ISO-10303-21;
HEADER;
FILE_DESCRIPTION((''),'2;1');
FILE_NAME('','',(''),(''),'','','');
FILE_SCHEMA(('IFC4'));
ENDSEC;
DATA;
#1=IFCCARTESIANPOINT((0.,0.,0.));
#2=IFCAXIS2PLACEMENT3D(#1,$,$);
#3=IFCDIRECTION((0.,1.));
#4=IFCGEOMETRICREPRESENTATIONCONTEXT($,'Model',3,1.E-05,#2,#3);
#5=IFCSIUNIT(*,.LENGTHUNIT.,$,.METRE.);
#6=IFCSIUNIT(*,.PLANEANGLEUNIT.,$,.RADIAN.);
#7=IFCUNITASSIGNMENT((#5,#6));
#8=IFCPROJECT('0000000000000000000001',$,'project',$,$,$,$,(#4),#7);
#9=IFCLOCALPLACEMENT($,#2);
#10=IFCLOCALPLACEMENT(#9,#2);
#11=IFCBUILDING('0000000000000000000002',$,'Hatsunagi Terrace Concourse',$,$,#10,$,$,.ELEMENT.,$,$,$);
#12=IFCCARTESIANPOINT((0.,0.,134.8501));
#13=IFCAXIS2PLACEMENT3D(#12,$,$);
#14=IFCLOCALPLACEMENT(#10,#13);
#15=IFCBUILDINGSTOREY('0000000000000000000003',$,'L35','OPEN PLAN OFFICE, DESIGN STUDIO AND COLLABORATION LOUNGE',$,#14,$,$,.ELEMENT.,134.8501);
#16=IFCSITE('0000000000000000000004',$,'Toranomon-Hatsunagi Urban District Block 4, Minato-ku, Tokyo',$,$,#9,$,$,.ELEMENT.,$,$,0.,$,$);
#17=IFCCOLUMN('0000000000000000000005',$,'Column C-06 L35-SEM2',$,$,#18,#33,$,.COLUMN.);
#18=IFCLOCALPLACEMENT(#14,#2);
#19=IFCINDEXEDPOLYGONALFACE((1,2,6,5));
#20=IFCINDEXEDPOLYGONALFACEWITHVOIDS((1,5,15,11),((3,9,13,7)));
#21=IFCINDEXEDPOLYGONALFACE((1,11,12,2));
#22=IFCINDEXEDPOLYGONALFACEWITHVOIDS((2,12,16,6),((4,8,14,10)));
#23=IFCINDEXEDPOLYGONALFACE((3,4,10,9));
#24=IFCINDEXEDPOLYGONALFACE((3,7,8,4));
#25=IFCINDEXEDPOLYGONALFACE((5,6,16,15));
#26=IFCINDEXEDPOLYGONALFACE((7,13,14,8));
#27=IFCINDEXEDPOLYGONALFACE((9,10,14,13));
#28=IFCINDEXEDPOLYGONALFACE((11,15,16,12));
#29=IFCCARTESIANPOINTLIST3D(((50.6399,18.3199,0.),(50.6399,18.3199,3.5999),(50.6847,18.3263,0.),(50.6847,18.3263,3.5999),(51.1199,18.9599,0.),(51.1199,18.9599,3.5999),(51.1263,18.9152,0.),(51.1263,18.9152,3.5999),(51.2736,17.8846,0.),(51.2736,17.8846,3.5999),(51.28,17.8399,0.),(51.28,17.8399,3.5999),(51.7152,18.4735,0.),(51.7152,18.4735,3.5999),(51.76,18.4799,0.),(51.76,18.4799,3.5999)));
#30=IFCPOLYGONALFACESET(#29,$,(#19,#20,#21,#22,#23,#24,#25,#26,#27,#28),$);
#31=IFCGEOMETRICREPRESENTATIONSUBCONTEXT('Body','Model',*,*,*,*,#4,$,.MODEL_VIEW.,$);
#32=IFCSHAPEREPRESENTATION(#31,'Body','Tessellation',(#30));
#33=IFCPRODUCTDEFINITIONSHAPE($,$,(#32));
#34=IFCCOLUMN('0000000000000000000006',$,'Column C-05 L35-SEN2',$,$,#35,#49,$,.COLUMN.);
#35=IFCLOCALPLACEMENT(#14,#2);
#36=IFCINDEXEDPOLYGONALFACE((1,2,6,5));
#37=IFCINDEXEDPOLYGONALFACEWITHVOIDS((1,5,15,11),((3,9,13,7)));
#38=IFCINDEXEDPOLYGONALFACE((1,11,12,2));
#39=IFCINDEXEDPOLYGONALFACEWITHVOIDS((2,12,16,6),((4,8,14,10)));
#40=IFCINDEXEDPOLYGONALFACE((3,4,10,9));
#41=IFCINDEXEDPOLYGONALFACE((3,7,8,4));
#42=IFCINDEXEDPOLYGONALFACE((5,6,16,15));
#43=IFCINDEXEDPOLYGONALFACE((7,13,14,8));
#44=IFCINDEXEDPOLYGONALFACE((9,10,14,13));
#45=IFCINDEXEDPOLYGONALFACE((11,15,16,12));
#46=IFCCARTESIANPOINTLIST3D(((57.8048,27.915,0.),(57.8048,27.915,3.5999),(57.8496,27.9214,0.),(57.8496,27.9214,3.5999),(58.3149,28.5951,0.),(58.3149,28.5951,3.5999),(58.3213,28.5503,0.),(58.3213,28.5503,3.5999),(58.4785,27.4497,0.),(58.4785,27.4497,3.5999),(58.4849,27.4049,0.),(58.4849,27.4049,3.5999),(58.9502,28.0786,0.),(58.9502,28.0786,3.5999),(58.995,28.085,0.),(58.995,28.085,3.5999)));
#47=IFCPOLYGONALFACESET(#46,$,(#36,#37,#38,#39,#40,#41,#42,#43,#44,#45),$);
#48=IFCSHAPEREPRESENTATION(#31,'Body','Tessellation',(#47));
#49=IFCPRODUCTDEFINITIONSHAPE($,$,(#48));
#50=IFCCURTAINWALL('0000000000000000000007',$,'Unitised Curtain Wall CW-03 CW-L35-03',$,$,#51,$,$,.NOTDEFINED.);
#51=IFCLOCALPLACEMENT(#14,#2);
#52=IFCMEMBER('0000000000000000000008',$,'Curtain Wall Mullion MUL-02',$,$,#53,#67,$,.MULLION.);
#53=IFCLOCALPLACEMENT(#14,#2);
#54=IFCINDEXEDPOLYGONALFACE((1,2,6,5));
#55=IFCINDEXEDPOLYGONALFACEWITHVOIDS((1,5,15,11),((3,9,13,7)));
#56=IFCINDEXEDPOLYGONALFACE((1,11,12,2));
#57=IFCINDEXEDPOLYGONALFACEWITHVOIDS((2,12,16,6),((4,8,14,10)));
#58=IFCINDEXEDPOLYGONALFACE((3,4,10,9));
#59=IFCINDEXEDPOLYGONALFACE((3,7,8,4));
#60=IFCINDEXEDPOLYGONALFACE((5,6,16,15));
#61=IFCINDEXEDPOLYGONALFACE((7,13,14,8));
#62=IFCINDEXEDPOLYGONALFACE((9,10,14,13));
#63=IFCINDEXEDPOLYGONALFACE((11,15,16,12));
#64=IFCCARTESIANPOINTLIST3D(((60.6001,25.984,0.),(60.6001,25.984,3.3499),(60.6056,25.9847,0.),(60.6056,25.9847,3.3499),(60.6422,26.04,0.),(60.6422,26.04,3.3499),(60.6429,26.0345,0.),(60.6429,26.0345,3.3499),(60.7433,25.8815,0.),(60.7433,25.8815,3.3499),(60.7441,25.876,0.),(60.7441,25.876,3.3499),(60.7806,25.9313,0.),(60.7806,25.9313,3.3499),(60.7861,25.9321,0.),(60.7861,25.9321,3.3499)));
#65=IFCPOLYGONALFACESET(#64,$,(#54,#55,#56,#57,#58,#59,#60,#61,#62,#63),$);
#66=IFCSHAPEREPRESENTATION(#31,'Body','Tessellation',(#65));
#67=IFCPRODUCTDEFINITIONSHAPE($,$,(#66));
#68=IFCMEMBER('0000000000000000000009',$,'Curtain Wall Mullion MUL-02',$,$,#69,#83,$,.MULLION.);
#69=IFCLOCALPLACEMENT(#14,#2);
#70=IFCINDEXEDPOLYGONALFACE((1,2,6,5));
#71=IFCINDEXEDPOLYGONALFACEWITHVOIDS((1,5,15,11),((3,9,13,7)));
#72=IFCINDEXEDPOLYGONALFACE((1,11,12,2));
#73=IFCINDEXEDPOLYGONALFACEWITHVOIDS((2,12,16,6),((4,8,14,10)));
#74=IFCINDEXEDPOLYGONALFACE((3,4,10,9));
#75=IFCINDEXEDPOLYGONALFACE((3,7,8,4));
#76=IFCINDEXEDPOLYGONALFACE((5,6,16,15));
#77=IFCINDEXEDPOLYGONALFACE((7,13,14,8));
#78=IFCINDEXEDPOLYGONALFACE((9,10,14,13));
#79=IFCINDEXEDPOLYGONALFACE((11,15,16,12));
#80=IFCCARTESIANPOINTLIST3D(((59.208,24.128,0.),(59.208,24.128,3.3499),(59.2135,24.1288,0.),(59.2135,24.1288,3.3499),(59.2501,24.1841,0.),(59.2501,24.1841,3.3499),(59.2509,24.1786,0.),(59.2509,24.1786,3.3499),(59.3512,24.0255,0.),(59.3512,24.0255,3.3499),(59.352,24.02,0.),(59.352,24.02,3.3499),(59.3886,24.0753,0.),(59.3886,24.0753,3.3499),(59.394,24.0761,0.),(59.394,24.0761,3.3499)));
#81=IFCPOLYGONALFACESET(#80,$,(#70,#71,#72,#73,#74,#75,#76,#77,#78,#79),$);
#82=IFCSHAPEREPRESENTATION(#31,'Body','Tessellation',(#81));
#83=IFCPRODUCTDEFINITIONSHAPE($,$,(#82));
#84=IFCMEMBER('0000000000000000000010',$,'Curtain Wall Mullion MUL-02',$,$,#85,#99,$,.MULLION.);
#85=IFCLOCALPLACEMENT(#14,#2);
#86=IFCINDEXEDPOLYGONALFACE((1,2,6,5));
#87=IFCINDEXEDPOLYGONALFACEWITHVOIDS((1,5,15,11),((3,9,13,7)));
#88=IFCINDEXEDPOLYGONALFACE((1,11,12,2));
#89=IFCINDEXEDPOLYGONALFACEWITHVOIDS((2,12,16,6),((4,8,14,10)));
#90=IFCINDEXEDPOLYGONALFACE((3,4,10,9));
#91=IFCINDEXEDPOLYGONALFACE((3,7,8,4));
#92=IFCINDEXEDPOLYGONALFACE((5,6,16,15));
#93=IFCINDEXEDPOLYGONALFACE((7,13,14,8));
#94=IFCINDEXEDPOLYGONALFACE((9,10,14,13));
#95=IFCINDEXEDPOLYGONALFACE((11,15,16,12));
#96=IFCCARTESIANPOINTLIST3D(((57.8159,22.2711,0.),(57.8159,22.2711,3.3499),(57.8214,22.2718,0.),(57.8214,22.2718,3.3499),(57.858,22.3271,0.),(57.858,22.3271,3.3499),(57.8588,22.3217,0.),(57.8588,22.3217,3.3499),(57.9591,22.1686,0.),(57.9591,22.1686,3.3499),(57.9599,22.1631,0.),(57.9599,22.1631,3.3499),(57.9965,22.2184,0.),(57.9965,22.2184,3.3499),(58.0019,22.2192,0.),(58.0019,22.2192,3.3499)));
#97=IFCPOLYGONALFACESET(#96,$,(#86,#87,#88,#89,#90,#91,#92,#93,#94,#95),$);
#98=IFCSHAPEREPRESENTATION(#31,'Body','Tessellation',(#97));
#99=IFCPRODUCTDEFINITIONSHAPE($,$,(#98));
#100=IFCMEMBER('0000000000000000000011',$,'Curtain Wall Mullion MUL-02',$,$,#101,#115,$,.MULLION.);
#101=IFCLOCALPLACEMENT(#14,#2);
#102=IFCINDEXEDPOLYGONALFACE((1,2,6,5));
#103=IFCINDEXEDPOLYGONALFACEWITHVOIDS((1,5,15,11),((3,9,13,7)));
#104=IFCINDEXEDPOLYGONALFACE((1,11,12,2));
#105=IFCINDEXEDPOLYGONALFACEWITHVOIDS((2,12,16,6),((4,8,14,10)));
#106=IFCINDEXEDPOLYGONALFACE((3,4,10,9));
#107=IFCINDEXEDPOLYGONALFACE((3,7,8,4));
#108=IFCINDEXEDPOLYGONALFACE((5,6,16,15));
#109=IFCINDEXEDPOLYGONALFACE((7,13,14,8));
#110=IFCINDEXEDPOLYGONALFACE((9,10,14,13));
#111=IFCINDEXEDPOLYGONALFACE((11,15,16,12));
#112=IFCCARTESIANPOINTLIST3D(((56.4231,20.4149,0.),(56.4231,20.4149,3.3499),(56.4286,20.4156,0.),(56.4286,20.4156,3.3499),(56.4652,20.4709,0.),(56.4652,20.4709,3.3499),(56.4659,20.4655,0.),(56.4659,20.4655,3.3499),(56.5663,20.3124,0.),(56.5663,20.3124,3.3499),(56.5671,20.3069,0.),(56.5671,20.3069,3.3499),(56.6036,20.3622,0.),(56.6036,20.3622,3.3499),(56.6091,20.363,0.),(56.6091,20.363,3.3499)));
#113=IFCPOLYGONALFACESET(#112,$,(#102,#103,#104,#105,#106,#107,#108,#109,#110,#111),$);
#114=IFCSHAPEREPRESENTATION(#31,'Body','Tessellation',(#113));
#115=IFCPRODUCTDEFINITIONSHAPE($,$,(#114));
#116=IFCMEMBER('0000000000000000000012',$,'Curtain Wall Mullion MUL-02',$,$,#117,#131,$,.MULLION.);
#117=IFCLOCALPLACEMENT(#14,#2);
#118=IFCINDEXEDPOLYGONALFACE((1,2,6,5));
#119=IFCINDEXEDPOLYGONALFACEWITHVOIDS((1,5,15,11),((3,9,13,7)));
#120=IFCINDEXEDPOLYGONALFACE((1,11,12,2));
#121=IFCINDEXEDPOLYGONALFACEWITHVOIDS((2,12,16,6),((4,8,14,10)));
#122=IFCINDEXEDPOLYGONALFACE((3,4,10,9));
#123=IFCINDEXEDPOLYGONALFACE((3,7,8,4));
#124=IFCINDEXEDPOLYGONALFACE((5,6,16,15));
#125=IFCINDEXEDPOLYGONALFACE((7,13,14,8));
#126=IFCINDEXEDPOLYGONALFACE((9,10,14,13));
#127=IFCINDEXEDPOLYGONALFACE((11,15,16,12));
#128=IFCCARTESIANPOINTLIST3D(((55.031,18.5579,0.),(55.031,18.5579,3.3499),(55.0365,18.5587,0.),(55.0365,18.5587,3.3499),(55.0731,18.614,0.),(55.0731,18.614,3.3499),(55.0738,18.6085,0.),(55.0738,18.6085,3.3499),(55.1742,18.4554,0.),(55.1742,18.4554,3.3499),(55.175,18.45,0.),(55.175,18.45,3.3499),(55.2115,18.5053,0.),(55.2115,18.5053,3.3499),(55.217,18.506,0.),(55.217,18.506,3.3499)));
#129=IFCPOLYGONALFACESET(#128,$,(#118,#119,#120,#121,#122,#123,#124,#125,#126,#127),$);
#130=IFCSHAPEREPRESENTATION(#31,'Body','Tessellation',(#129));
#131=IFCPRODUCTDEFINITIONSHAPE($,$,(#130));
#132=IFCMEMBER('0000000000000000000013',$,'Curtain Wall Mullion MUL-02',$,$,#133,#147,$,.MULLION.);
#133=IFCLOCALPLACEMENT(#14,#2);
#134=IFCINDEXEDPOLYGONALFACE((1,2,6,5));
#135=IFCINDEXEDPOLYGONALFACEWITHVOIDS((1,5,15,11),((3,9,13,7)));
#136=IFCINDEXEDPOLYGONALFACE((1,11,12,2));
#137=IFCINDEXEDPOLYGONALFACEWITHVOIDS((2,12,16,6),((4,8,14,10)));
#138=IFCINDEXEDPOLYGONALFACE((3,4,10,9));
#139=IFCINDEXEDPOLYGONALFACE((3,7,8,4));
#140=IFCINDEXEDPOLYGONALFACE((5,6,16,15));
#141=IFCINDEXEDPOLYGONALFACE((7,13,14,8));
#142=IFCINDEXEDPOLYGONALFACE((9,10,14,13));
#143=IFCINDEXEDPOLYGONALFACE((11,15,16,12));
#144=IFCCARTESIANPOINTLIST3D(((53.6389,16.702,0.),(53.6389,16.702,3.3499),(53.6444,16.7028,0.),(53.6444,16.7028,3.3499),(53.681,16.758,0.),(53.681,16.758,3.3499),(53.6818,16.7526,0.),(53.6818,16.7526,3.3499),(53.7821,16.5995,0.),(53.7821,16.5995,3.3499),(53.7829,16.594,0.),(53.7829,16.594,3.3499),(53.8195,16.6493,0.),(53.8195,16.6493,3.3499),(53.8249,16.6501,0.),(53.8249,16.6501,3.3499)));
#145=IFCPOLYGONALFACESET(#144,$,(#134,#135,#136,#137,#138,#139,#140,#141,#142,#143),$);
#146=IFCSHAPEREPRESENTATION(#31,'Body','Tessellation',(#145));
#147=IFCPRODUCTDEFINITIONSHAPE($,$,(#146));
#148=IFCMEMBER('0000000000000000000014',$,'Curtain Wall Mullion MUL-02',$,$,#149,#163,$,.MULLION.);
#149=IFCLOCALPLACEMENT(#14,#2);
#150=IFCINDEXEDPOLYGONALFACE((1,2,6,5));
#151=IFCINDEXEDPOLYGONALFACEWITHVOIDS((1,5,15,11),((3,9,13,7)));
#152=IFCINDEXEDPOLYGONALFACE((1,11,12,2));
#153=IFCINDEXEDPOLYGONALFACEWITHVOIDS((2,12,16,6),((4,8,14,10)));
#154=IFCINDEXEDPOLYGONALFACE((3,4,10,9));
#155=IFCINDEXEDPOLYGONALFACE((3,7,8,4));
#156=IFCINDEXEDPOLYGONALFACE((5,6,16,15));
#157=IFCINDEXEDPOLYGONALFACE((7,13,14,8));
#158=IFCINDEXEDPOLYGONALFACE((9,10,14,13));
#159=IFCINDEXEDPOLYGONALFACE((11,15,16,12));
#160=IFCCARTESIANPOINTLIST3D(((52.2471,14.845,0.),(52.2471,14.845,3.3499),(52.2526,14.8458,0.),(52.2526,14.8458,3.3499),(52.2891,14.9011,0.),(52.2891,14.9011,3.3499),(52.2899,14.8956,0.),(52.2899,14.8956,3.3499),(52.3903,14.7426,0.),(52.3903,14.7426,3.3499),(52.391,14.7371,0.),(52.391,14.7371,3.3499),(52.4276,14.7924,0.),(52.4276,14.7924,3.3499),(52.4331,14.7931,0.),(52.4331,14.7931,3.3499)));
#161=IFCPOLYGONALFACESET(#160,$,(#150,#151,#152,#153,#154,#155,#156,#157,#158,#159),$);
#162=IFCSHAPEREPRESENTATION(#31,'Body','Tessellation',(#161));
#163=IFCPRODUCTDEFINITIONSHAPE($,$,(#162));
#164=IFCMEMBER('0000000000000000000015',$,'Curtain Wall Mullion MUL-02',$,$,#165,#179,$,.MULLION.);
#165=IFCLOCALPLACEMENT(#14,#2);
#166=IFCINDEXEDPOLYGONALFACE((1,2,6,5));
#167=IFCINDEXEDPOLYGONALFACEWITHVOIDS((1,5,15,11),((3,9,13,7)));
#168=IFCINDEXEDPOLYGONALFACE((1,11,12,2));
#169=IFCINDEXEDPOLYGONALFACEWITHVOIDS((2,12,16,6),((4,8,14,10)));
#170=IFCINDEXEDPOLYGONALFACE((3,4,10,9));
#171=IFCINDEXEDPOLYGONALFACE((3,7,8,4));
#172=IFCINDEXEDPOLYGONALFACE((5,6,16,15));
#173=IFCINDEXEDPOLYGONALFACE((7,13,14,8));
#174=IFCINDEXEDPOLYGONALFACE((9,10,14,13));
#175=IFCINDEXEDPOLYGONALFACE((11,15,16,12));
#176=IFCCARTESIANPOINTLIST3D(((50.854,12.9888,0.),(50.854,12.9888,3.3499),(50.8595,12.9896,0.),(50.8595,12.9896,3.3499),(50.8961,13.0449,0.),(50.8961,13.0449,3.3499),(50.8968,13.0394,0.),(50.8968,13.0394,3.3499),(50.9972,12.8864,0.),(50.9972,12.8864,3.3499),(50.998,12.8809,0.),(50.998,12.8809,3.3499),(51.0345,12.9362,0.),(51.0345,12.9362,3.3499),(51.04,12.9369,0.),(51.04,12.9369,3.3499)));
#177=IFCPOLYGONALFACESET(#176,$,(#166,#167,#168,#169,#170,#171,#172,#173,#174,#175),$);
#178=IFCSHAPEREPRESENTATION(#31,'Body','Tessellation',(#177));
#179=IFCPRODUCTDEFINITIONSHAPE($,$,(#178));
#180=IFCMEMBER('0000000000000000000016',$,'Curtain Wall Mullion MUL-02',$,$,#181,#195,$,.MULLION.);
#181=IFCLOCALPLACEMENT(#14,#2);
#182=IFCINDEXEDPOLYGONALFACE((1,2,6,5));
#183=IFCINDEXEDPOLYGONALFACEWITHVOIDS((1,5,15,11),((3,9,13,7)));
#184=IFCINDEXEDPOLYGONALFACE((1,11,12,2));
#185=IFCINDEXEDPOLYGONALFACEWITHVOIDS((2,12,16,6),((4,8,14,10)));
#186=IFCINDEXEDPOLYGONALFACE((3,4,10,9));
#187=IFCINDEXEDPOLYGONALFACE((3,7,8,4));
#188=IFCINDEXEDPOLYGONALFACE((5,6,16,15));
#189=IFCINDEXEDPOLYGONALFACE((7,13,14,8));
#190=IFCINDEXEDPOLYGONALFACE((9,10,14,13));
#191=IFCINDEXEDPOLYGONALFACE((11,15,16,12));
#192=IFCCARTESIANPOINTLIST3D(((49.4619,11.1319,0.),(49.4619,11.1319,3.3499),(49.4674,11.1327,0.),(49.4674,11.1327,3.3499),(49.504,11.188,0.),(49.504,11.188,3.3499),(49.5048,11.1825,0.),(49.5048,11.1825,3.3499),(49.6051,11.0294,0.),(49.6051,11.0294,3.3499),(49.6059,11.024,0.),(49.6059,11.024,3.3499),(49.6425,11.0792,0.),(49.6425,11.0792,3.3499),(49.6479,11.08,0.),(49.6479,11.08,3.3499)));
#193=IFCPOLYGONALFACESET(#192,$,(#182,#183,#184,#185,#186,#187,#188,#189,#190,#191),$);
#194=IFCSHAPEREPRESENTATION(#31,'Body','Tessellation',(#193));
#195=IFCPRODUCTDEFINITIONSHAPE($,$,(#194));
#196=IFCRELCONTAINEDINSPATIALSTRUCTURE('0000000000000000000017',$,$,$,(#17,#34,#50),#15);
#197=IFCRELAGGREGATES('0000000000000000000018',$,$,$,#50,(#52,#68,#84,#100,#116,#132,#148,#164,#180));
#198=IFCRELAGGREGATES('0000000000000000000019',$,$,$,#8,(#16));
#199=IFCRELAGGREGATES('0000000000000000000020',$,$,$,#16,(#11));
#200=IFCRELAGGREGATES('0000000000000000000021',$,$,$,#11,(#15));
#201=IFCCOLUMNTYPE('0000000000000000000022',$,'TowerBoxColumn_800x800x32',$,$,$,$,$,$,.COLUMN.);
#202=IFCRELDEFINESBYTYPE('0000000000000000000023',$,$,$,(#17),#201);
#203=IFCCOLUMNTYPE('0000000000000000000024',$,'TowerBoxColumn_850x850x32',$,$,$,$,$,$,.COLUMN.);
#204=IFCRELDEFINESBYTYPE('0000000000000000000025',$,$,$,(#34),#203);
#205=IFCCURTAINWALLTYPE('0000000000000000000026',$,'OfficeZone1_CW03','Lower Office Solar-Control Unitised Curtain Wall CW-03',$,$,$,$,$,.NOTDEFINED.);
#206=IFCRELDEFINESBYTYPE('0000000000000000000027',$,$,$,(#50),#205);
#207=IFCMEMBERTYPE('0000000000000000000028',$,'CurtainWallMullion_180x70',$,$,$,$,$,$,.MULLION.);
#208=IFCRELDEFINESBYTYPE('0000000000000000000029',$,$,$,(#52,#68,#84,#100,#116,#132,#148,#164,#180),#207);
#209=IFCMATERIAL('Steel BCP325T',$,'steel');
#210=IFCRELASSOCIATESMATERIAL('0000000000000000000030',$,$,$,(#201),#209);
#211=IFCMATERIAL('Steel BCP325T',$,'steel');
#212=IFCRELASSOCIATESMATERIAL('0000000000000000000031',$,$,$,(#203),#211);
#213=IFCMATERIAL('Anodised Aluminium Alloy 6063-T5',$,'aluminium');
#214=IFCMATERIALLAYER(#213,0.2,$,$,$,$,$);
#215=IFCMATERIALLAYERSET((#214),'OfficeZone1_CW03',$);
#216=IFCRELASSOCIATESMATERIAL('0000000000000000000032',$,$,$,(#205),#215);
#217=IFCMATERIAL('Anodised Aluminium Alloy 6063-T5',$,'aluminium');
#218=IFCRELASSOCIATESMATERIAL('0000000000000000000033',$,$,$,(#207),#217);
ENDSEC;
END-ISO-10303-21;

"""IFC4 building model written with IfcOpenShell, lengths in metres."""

from ifc_helpers import new_model, si_unit, direction, frame, origin, origin_2d, place, context, subcontext, project, spatial, hollow_rectangle, extrude, material, layer, layer_set, material_profile, profile_set, type_object, element, aggregate, save


model = new_model("IFC4")

# Units and contexts
model_context = context("Model", 3, precision=1e-05, world=origin(), true_north=direction((0.0, 1.0)))
body_context = subcontext(model_context, "Body", "Model", "MODEL_VIEW")
ifc_project = project(units=[si_unit("LENGTHUNIT", "METRE"), si_unit("PLANEANGLEUNIT", "RADIAN")], contexts=[model_context])

# Site, building, storey
site_placement = place(None, origin())
site = spatial("IfcSite", under=ifc_project, at=site_placement, Name="Toranomon-Hatsunagi Urban District Block 4, Minato-ku, Tokyo", CompositionType="ELEMENT", RefElevation=0.0)
building_placement = place(site_placement, origin())
building = spatial("IfcBuilding", under=site, at=building_placement, Name="Hatsunagi Terrace Concourse", CompositionType="ELEMENT")
storey_placement = place(building_placement, frame((0.0, 0.0, 134.8501)))
storey = spatial("IfcBuildingStorey", under=building, at=storey_placement, Name="L35", Description="OPEN PLAN OFFICE, DESIGN STUDIO AND COLLABORATION LOUNGE", CompositionType="ELEMENT", Elevation=134.8501)

# Columns
ifc_material_1 = material(Name="Steel BCP325T", Category="steel")
ifc_material_profile_1 = material_profile(ifc_material_1, hollow_rectangle(XDim=0.8, YDim=0.8, WallThickness=0.032, at=origin_2d()), Name="BCP-800x800x32")
ifc_profile_set_1 = profile_set([ifc_material_profile_1], Name="Steel BCP325T")
column_type_1 = type_object("IfcColumnType", Name="TowerBoxColumn_800x800x32", PredefinedType="COLUMN", material=ifc_profile_set_1)
column_1_placement = place(storey_placement, frame((51.2, 18.3999, 0.0), z_axis=(0.0, 0.0, 1.0), x_axis=(0.8, -0.6, 0.0)))
element("IfcColumn", 1, at=column_1_placement, inside=storey, type_object=column_type_1, Name="Column C-06 L35-SEM2", PredefinedType="COLUMN", context=body_context, shape_type="SweptSolid", body=[
    extrude(hollow_rectangle(XDim=0.8, YDim=0.8, WallThickness=0.032, at=origin_2d()), origin(), (0.0, 0.0, 1.0), 3.5999),
])
ifc_material_2 = material(Name="Steel BCP325T", Category="steel")
ifc_material_profile_2 = material_profile(ifc_material_2, hollow_rectangle(XDim=0.8501, YDim=0.8501, WallThickness=0.032, at=origin_2d()), Name="BCP-850x850x32")
ifc_profile_set_2 = profile_set([ifc_material_profile_2], Name="Steel BCP325T")
column_type_2 = type_object("IfcColumnType", Name="TowerBoxColumn_850x850x32", PredefinedType="COLUMN", material=ifc_profile_set_2)
column_2_placement = place(storey_placement, frame((58.3999, 28.0, 0.0), z_axis=(0.0, 0.0, 1.0), x_axis=(0.8, -0.6, 0.0)))
element("IfcColumn", 2, at=column_2_placement, inside=storey, type_object=column_type_2, Name="Column C-05 L35-SEN2", PredefinedType="COLUMN", context=body_context, shape_type="SweptSolid", body=[
    extrude(hollow_rectangle(XDim=0.8501, YDim=0.8501, WallThickness=0.032, at=origin_2d()), origin(), (0.0, 0.0, 1.0), 3.5999),
])

# Curtain wall, members
ifc_material_3 = material(Name="Anodised Aluminium Alloy 6063-T5", Category="aluminium")
ifc_layer_1 = layer(ifc_material_3, 0.2)
ifc_layer_set_1 = layer_set([ifc_layer_1], Name="OfficeZone1_CW03")
curtain_wall_type = type_object("IfcCurtainWallType", Name="OfficeZone1_CW03", Description="Lower Office Solar-Control Unitised Curtain Wall CW-03", PredefinedType="NOTDEFINED", material=ifc_layer_set_1)
curtain_wall_placement = place(storey_placement, origin())
curtain_wall = element("IfcCurtainWall", 3, at=curtain_wall_placement, inside=storey, type_object=curtain_wall_type, Name="Unitised Curtain Wall CW-03 CW-L35-03", PredefinedType="NOTDEFINED")
ifc_material_4 = material(Name="Anodised Aluminium Alloy 6063-T5", Category="aluminium")
ifc_material_profile_3 = material_profile(ifc_material_4, hollow_rectangle(XDim=0.0701, YDim=0.1799, WallThickness=0.0039, at=origin_2d()), Name="ALU-MUL-180x70x4")
ifc_profile_set_3 = profile_set([ifc_material_profile_3], Name="Anodised Aluminium Alloy 6063-T5")
member_type_1 = type_object("IfcMemberType", Name="CurtainWallMullion_180x70", PredefinedType="MULLION", material=ifc_profile_set_3)
member_1_placement = place(storey_placement, frame((60.6931, 25.958, 0.0), z_axis=(0.0, 0.0, 1.0), x_axis=(-0.599969, -0.800023, 0.0)))
member_1 = element("IfcMember", 4, at=member_1_placement, type_object=member_type_1, Name="Curtain Wall Mullion MUL-02", PredefinedType="MULLION", context=body_context, shape_type="SweptSolid", body=[
    extrude(hollow_rectangle(XDim=0.0701, YDim=0.1799, WallThickness=0.0039, at=origin_2d()), origin(), (0.0, 0.0, 1.0), 3.3499),
])
member_2_placement = place(storey_placement, frame((59.301, 24.1021, 0.0), z_axis=(0.0, 0.0, 1.0), x_axis=(-0.599969, -0.800023, 0.0)))
member_2 = element("IfcMember", 5, at=member_2_placement, type_object=member_type_1, Name="Curtain Wall Mullion MUL-02", PredefinedType="MULLION", context=body_context, shape_type="SweptSolid", body=[
    extrude(hollow_rectangle(XDim=0.0701, YDim=0.1799, WallThickness=0.0039, at=origin_2d()), origin(), (0.0, 0.0, 1.0), 3.3499),
])
member_3_placement = place(storey_placement, frame((57.9089, 22.2451, 0.0), z_axis=(0.0, 0.0, 1.0), x_axis=(-0.599969, -0.800023, 0.0)))
member_3 = element("IfcMember", 6, at=member_3_placement, type_object=member_type_1, Name="Curtain Wall Mullion MUL-02", PredefinedType="MULLION", context=body_context, shape_type="SweptSolid", body=[
    extrude(hollow_rectangle(XDim=0.0701, YDim=0.1799, WallThickness=0.0039, at=origin_2d()), origin(), (0.0, 0.0, 1.0), 3.3499),
])
member_4_placement = place(storey_placement, frame((56.5161, 20.3889, 0.0), z_axis=(0.0, 0.0, 1.0), x_axis=(-0.599969, -0.800023, 0.0)))
member_4 = element("IfcMember", 7, at=member_4_placement, type_object=member_type_1, Name="Curtain Wall Mullion MUL-02", PredefinedType="MULLION", context=body_context, shape_type="SweptSolid", body=[
    extrude(hollow_rectangle(XDim=0.0701, YDim=0.1799, WallThickness=0.0039, at=origin_2d()), origin(), (0.0, 0.0, 1.0), 3.3499),
])
member_5_placement = place(storey_placement, frame((55.124, 18.532, 0.0), z_axis=(0.0, 0.0, 1.0), x_axis=(-0.599969, -0.800023, 0.0)))
member_5 = element("IfcMember", 8, at=member_5_placement, type_object=member_type_1, Name="Curtain Wall Mullion MUL-02", PredefinedType="MULLION", context=body_context, shape_type="SweptSolid", body=[
    extrude(hollow_rectangle(XDim=0.0701, YDim=0.1799, WallThickness=0.0039, at=origin_2d()), origin(), (0.0, 0.0, 1.0), 3.3499),
])
member_6_placement = place(storey_placement, frame((53.7319, 16.676, 0.0), z_axis=(0.0, 0.0, 1.0), x_axis=(-0.599969, -0.800023, 0.0)))
member_6 = element("IfcMember", 9, at=member_6_placement, type_object=member_type_1, Name="Curtain Wall Mullion MUL-02", PredefinedType="MULLION", context=body_context, shape_type="SweptSolid", body=[
    extrude(hollow_rectangle(XDim=0.0701, YDim=0.1799, WallThickness=0.0039, at=origin_2d()), origin(), (0.0, 0.0, 1.0), 3.3499),
])
member_7_placement = place(storey_placement, frame((52.3401, 14.8191, 0.0), z_axis=(0.0, 0.0, 1.0), x_axis=(-0.599969, -0.800023, 0.0)))
member_7 = element("IfcMember", 10, at=member_7_placement, type_object=member_type_1, Name="Curtain Wall Mullion MUL-02", PredefinedType="MULLION", context=body_context, shape_type="SweptSolid", body=[
    extrude(hollow_rectangle(XDim=0.0701, YDim=0.1799, WallThickness=0.0039, at=origin_2d()), origin(), (0.0, 0.0, 1.0), 3.3499),
])
member_8_placement = place(storey_placement, frame((50.947, 12.9629, 0.0), z_axis=(0.0, 0.0, 1.0), x_axis=(-0.599969, -0.800023, 0.0)))
member_8 = element("IfcMember", 11, at=member_8_placement, type_object=member_type_1, Name="Curtain Wall Mullion MUL-02", PredefinedType="MULLION", context=body_context, shape_type="SweptSolid", body=[
    extrude(hollow_rectangle(XDim=0.0701, YDim=0.1799, WallThickness=0.0039, at=origin_2d()), origin(), (0.0, 0.0, 1.0), 3.3499),
])
member_9_placement = place(storey_placement, frame((49.5549, 11.106, 0.0), z_axis=(0.0, 0.0, 1.0), x_axis=(-0.599969, -0.800023, 0.0)))
member_9 = element("IfcMember", 12, at=member_9_placement, type_object=member_type_1, Name="Curtain Wall Mullion MUL-02", PredefinedType="MULLION", context=body_context, shape_type="SweptSolid", body=[
    extrude(hollow_rectangle(XDim=0.0701, YDim=0.1799, WallThickness=0.0039, at=origin_2d()), origin(), (0.0, 0.0, 1.0), 3.3499),
])

aggregate(curtain_wall, [member_1, member_2, member_3, member_4, member_5, member_6, member_7, member_8, member_9])

save(model, "model.ifc")
